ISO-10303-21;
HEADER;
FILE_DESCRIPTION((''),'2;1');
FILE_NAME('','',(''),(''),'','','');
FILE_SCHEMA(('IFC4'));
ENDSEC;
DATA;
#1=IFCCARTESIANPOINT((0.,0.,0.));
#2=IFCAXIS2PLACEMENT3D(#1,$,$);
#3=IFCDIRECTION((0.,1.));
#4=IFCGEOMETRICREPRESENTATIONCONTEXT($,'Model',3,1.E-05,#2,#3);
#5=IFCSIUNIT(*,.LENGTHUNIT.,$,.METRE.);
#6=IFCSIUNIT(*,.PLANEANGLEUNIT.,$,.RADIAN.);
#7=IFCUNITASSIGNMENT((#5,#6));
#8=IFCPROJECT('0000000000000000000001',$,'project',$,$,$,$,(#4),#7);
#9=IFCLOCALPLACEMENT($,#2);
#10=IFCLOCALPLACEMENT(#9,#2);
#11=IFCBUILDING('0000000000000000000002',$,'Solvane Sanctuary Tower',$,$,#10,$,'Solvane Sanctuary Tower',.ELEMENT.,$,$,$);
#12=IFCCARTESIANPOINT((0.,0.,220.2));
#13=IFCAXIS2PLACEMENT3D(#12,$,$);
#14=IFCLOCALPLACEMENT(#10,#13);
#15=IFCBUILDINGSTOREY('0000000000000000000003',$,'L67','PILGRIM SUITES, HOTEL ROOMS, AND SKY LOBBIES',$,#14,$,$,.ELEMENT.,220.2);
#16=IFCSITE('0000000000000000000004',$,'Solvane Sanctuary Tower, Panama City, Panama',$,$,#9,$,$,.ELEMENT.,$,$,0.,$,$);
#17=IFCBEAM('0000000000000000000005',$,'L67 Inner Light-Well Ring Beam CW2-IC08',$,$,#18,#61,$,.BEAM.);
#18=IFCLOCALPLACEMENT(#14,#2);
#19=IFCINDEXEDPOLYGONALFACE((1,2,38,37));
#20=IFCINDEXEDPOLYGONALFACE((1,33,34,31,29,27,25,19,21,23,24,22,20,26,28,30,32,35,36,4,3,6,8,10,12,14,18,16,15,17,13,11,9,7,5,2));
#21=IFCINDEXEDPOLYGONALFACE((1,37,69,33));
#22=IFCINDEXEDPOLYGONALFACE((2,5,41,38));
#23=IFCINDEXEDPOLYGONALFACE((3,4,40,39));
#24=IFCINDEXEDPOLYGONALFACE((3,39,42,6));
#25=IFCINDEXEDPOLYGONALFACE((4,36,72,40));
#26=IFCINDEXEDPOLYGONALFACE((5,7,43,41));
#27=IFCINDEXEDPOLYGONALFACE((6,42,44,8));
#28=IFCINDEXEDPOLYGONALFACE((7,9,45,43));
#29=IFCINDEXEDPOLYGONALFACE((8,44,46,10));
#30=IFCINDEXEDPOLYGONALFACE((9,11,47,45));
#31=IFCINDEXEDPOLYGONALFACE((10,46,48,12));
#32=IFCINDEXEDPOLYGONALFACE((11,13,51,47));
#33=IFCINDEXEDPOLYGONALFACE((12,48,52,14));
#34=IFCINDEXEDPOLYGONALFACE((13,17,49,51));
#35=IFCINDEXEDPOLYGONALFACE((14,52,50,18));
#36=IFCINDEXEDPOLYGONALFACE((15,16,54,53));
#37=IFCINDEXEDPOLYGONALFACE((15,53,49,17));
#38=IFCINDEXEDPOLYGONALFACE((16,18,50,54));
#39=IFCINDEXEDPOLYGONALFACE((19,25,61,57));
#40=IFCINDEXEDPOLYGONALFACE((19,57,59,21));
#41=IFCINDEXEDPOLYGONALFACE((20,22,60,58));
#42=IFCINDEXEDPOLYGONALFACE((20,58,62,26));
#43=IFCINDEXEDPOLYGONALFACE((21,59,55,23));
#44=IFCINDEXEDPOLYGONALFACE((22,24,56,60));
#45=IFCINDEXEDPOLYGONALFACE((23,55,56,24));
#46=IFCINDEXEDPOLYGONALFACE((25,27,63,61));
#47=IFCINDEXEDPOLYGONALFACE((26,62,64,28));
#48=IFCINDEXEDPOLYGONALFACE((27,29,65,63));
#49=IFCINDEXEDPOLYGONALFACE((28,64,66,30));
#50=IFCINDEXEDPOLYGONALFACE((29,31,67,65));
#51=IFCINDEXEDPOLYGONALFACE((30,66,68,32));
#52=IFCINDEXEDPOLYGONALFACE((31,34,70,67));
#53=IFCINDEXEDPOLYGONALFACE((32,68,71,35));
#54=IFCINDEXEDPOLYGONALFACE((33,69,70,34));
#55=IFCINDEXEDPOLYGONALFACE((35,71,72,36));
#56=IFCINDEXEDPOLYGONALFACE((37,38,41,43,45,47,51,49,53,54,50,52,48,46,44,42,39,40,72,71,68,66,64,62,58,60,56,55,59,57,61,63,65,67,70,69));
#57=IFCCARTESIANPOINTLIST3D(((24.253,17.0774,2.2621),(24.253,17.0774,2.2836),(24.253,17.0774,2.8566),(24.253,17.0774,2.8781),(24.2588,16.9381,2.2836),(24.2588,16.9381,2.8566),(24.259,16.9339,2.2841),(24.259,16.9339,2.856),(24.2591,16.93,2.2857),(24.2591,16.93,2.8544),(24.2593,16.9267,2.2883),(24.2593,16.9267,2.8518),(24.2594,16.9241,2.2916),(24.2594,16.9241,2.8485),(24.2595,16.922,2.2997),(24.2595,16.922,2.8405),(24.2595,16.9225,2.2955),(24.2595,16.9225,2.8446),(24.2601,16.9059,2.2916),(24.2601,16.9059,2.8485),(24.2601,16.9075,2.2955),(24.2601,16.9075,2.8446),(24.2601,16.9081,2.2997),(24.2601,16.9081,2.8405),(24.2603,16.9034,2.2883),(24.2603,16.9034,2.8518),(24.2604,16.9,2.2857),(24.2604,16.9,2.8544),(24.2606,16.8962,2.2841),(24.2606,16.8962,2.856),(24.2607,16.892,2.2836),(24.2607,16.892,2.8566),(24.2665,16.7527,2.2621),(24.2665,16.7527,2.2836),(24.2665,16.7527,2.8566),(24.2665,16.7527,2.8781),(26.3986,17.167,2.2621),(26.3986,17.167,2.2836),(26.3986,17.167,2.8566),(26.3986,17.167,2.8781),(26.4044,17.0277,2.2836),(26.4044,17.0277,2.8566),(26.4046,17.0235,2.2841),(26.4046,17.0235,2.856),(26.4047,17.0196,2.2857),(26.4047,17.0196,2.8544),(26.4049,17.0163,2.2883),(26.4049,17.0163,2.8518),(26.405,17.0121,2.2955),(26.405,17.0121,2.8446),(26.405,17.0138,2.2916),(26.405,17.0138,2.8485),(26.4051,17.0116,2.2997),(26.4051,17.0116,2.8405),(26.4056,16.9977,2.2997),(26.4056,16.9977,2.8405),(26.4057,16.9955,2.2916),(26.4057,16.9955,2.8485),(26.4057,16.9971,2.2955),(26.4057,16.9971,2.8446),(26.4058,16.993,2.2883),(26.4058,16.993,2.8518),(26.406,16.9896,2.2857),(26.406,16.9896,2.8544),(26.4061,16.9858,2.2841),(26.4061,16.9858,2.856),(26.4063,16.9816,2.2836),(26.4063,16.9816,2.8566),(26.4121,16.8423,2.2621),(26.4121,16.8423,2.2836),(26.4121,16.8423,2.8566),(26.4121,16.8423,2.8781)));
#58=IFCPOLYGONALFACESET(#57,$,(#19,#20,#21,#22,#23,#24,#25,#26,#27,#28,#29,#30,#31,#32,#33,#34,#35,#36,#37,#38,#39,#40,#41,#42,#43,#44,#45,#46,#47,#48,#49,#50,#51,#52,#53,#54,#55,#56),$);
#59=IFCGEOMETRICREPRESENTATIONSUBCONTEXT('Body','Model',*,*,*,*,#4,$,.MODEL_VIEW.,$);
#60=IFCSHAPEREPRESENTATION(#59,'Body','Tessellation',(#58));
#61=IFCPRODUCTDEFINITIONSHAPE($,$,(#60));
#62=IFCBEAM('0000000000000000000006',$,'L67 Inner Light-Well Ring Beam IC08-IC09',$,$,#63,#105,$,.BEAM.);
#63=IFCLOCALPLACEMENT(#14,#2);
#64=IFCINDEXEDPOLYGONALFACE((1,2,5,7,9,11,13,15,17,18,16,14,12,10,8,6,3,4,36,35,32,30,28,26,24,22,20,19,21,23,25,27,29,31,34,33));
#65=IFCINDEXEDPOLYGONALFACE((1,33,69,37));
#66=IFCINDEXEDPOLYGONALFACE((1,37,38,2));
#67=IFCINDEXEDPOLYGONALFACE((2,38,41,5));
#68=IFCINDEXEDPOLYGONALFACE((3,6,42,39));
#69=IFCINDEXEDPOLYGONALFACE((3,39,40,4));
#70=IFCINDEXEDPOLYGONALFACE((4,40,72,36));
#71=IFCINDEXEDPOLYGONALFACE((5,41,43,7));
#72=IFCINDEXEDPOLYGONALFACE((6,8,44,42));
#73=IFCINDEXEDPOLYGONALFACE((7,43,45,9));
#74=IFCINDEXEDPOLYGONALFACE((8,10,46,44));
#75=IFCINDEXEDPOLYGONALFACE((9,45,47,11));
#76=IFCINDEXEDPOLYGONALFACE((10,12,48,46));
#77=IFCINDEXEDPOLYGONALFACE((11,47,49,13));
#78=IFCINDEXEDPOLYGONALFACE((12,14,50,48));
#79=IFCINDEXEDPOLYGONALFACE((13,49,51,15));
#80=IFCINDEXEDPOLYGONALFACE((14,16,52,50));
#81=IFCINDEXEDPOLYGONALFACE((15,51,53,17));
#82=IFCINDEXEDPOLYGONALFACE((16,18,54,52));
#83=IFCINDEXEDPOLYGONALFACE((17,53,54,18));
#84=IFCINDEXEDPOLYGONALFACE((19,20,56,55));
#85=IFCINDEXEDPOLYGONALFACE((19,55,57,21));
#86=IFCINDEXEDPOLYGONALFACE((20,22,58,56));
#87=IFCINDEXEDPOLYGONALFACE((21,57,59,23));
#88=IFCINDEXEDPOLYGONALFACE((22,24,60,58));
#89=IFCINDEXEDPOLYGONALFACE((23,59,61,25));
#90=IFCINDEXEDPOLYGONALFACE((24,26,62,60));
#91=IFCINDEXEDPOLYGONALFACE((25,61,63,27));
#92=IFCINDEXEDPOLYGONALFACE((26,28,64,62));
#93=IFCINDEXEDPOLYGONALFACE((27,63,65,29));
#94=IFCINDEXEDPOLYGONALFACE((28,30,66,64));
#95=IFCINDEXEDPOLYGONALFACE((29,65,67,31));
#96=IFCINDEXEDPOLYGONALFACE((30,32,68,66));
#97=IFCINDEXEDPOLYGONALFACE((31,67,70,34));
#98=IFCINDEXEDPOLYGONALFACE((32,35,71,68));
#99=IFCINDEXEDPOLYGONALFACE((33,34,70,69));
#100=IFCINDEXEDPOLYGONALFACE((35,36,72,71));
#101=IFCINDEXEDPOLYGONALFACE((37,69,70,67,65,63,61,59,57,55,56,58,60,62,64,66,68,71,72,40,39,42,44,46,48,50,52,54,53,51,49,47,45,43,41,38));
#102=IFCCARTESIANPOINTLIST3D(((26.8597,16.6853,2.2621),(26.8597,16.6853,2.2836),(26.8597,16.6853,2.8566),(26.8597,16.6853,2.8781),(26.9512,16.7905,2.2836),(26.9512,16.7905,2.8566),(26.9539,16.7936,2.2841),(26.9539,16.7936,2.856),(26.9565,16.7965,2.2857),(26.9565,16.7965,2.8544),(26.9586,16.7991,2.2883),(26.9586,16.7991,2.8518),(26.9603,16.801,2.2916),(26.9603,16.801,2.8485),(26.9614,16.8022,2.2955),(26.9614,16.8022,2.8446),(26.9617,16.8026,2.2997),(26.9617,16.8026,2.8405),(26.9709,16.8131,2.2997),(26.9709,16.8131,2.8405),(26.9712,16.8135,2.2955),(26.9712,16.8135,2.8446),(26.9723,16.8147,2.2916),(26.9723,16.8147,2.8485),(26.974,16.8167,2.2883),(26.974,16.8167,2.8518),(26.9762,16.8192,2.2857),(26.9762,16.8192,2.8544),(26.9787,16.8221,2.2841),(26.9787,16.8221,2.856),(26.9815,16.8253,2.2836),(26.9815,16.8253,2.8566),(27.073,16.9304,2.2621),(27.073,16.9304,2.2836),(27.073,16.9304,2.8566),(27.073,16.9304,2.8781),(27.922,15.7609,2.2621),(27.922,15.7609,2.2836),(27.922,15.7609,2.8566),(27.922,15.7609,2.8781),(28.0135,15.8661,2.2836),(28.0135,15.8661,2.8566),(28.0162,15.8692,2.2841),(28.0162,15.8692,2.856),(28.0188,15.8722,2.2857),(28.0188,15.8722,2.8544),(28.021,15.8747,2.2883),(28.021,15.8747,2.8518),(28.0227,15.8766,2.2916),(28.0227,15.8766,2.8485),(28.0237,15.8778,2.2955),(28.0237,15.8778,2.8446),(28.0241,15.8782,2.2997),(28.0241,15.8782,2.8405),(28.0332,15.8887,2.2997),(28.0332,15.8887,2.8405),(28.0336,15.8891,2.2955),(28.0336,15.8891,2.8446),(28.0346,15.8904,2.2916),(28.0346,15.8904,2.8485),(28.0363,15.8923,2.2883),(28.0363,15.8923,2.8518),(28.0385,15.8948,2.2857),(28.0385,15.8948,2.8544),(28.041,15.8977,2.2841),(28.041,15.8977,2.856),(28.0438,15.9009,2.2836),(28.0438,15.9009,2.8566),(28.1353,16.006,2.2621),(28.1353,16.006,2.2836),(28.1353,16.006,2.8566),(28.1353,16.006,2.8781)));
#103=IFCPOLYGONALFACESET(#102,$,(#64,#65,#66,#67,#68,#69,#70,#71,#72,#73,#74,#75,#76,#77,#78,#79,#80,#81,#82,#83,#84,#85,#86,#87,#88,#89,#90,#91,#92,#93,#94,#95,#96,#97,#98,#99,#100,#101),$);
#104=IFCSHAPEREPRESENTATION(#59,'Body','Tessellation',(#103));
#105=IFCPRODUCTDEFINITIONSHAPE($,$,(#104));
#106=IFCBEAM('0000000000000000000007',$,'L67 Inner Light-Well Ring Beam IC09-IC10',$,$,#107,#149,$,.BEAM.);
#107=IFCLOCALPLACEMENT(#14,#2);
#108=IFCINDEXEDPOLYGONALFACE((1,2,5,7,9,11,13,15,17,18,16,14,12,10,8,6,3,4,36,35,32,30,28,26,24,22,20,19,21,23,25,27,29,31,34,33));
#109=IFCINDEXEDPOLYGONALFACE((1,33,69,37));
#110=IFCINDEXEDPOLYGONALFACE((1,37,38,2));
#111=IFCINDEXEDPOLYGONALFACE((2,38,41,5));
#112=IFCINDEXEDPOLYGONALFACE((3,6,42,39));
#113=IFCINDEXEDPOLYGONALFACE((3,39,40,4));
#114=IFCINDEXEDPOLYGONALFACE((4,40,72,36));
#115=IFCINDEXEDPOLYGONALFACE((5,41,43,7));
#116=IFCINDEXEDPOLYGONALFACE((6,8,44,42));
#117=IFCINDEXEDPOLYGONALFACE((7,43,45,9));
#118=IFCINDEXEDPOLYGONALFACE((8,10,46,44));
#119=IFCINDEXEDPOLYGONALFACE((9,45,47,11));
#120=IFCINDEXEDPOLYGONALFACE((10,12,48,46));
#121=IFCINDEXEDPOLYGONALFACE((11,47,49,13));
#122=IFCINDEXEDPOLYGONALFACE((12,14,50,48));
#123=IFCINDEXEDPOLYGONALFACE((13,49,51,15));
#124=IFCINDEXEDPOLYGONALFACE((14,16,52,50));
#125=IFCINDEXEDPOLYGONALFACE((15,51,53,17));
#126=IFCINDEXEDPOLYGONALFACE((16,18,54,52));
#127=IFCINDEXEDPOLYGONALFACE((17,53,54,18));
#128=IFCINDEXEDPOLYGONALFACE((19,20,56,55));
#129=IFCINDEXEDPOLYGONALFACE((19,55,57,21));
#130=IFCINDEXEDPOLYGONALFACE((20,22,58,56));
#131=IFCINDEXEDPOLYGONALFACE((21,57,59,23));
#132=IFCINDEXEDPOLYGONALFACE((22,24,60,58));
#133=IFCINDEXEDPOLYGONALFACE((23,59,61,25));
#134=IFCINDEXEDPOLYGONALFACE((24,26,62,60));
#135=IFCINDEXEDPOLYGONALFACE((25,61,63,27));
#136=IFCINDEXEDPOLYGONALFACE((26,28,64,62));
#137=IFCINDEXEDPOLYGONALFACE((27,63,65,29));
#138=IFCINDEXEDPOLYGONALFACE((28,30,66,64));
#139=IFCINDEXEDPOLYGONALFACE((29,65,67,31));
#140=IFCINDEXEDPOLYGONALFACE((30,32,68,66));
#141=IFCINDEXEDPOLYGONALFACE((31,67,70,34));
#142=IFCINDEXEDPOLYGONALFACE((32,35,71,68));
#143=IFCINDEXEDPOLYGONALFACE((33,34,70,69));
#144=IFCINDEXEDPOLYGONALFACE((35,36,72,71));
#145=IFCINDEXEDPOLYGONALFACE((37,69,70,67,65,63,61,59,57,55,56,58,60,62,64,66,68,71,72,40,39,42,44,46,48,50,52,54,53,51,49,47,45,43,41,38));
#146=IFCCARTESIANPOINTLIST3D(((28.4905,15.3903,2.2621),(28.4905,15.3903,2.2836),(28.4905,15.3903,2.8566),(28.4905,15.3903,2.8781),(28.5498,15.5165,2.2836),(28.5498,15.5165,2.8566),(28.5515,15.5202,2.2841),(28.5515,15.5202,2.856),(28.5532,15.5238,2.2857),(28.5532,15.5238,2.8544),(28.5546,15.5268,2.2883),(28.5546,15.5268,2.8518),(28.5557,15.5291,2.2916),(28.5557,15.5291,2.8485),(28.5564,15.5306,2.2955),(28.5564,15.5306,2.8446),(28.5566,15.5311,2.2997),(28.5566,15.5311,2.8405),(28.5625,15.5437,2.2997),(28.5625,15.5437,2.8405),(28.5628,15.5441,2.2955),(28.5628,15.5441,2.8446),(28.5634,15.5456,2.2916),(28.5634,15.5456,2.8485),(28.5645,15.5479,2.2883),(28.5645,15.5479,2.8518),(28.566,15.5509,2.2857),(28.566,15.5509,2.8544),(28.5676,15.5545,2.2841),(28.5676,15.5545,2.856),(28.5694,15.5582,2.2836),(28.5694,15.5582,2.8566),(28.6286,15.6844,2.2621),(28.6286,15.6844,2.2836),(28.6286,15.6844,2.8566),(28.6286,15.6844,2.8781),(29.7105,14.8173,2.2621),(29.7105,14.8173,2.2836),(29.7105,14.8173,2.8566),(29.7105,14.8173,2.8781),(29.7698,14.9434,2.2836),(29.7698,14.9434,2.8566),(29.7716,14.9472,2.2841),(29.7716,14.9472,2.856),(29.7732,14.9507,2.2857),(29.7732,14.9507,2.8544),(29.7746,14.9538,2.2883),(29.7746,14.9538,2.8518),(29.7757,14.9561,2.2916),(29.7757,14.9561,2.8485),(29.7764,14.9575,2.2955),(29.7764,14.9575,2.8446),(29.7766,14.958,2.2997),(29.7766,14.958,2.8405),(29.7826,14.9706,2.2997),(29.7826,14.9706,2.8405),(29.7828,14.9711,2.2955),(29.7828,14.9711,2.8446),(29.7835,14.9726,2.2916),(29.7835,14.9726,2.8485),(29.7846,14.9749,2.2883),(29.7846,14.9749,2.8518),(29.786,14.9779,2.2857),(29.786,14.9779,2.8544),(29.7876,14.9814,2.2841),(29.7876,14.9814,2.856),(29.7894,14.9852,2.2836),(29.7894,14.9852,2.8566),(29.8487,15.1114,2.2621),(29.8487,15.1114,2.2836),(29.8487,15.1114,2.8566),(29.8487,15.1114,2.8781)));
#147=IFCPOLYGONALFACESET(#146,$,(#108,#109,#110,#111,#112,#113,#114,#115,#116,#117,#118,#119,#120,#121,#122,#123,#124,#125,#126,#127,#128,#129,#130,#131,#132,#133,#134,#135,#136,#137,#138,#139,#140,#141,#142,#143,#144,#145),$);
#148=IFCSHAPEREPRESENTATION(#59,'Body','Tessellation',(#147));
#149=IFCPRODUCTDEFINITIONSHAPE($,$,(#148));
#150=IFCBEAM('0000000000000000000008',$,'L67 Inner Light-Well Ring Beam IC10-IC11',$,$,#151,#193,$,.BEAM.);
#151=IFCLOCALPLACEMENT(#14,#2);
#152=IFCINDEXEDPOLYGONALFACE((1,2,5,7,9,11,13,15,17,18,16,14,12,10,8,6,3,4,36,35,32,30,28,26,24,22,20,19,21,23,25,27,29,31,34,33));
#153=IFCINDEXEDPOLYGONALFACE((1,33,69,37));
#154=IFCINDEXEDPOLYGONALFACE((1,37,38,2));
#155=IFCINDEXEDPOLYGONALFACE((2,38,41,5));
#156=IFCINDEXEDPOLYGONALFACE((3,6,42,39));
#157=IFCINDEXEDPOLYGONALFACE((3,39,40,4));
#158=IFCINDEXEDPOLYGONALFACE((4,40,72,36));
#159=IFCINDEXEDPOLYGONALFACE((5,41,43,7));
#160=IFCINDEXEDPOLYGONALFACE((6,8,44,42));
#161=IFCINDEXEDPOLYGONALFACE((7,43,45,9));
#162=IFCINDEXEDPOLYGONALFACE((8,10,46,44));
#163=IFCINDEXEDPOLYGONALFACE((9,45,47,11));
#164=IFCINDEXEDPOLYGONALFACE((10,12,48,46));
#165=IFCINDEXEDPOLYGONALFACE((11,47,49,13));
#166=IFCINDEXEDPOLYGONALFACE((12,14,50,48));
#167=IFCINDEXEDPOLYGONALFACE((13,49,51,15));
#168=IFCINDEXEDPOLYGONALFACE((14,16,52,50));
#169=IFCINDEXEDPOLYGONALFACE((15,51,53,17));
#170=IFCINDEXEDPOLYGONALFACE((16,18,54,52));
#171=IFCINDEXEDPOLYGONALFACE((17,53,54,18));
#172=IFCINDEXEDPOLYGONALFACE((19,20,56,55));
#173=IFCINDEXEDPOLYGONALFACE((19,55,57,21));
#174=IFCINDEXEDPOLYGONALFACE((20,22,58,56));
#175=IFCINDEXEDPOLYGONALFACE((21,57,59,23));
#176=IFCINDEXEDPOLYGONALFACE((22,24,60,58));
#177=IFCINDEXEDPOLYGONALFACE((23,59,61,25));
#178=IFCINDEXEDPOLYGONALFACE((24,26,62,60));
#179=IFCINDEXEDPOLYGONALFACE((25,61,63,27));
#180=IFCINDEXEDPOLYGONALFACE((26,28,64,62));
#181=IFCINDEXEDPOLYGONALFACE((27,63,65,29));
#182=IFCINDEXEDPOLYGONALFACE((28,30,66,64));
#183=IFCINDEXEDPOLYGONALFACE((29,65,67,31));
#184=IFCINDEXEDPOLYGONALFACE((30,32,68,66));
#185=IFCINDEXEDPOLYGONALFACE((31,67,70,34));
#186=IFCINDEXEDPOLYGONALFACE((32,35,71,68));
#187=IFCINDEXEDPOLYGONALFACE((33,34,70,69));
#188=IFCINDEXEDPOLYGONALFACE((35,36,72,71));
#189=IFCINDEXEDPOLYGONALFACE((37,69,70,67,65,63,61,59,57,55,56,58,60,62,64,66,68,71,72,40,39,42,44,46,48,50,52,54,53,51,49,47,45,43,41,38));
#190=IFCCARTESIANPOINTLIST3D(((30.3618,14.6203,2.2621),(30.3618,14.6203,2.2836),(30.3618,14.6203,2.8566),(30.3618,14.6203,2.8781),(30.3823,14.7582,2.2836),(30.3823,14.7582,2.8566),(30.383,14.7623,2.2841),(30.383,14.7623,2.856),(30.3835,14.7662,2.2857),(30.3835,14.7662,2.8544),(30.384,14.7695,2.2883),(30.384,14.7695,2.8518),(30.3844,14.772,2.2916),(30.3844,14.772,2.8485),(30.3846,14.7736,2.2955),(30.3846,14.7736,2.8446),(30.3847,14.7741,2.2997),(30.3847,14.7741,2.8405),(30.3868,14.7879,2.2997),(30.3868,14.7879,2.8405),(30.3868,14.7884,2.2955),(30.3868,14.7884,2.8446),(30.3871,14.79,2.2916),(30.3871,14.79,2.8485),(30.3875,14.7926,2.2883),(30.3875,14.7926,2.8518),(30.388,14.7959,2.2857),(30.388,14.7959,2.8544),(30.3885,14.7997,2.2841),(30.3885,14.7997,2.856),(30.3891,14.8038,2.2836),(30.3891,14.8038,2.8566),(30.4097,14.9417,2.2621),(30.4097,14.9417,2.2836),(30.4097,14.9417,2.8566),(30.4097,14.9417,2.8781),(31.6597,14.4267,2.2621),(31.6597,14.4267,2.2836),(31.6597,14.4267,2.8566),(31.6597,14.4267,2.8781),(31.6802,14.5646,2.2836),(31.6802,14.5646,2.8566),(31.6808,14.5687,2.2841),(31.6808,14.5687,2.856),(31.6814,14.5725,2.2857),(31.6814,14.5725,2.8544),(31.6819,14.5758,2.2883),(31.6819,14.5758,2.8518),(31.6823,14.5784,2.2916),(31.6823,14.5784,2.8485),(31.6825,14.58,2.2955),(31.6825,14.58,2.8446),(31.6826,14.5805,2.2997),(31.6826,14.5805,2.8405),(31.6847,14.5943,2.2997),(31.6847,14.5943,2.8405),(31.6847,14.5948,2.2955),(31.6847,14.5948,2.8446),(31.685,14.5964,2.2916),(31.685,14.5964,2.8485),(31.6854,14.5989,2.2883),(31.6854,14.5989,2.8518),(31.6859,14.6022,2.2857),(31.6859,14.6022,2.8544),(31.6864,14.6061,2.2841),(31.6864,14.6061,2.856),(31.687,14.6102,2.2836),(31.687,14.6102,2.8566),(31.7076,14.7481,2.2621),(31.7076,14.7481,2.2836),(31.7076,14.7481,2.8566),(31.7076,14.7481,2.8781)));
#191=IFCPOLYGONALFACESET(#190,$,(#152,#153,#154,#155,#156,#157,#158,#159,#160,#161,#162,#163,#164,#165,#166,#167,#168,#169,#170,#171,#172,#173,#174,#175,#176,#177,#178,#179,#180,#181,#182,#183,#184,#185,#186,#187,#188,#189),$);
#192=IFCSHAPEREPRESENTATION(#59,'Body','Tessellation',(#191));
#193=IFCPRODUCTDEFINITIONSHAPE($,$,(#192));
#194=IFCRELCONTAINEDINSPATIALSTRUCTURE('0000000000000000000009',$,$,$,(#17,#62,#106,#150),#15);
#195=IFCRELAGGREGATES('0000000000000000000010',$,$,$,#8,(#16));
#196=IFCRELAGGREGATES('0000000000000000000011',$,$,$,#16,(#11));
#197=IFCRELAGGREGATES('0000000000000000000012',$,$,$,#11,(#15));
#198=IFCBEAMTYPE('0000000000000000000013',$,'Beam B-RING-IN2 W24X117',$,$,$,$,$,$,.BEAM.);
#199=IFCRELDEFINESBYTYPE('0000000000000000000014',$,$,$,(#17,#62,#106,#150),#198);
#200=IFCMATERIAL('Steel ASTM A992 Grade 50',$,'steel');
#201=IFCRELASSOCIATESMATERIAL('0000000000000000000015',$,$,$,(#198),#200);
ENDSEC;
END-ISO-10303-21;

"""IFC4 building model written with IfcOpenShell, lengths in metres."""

from ifc_helpers import new_model, si_unit, direction, frame, origin, origin_2d, place, context, subcontext, project, spatial, i_section, extrude, material, material_profile, profile_set, type_object, element, save


model = new_model("IFC4")

# Units and contexts
model_context = context("Model", 3, precision=1e-05, world=origin(), true_north=direction((0.0, 1.0)))
body_context = subcontext(model_context, "Body", "Model", "MODEL_VIEW")
ifc_project = project(units=[si_unit("LENGTHUNIT", "METRE"), si_unit("PLANEANGLEUNIT", "RADIAN")], contexts=[model_context])

# Site, building, storey
site_placement = place(None, origin())
site = spatial("IfcSite", under=ifc_project, at=site_placement, Name="Solvane Sanctuary Tower, Panama City, Panama", CompositionType="ELEMENT", RefElevation=0.0)
building_placement = place(site_placement, origin())
building = spatial("IfcBuilding", under=site, at=building_placement, Name="Solvane Sanctuary Tower", LongName="Solvane Sanctuary Tower", CompositionType="ELEMENT")
storey_placement = place(building_placement, frame((0.0, 0.0, 220.2)))
storey = spatial("IfcBuildingStorey", under=building, at=storey_placement, Name="L67", Description="PILGRIM SUITES, HOTEL ROOMS, AND SKY LOBBIES", CompositionType="ELEMENT", Elevation=220.2)

# Beams
ifc_material_1 = material(Name="Steel ASTM A992 Grade 50", Category="steel")
ifc_material_profile_1 = material_profile(ifc_material_1, i_section(OverallWidth=0.325, OverallDepth=0.616, WebThickness=0.0139, FlangeThickness=0.0215, FilletRadius=0.0161, at=origin_2d()), Name="W24X117")
ifc_profile_set_1 = profile_set([ifc_material_profile_1], Name="Steel ASTM A992 Grade 50")
beam_type_1 = type_object("IfcBeamType", Name="Beam B-RING-IN2 W24X117", PredefinedType="BEAM", material=ifc_profile_set_1)
beam_1_placement = place(storey_placement, frame((24.2598, 16.915, 2.5701), z_axis=(0.999129, 0.041725, 0.0), x_axis=(-0.041725, 0.999129, 0.0)))
element("IfcBeam", 1, at=beam_1_placement, inside=storey, type_object=beam_type_1, Name="L67 Inner Light-Well Ring Beam CW2-IC08", PredefinedType="BEAM", context=body_context, shape_type="SweptSolid", body=[
    extrude(i_section(OverallWidth=0.325, OverallDepth=0.616, WebThickness=0.0139, FlangeThickness=0.0215, FilletRadius=0.0161, at=origin_2d()), origin(), (0.0, 0.0, 1.0), 2.1475),
])
beam_2_placement = place(storey_placement, frame((26.9663, 16.8079, 2.5701), z_axis=(0.754389, -0.656428, 0.0), x_axis=(0.656428, 0.754389, 0.0)))
element("IfcBeam", 2, at=beam_2_placement, inside=storey, type_object=beam_type_1, Name="L67 Inner Light-Well Ring Beam IC08-IC09", PredefinedType="BEAM", context=body_context, shape_type="SweptSolid", body=[
    extrude(i_section(OverallWidth=0.325, OverallDepth=0.616, WebThickness=0.0139, FlangeThickness=0.0215, FilletRadius=0.0161, at=origin_2d()), origin(), (0.0, 0.0, 1.0), 1.4082),
])
beam_3_placement = place(storey_placement, frame((28.5596, 15.5374, 2.5701), z_axis=(0.905135, -0.425125, 0.0), x_axis=(0.425125, 0.905135, 0.0)))
element("IfcBeam", 3, at=beam_3_placement, inside=storey, type_object=beam_type_1, Name="L67 Inner Light-Well Ring Beam IC09-IC10", PredefinedType="BEAM", context=body_context, shape_type="SweptSolid", body=[
    extrude(i_section(OverallWidth=0.325, OverallDepth=0.616, WebThickness=0.0139, FlangeThickness=0.0215, FilletRadius=0.0161, at=origin_2d()), origin(), (0.0, 0.0, 1.0), 1.3479),
])
beam_4_placement = place(storey_placement, frame((30.3857, 14.781, 2.5701), z_axis=(0.989056, -0.14754, 0.0), x_axis=(0.14754, 0.989056, 0.0)))
element("IfcBeam", 4, at=beam_4_placement, inside=storey, type_object=beam_type_1, Name="L67 Inner Light-Well Ring Beam IC10-IC11", PredefinedType="BEAM", context=body_context, shape_type="SweptSolid", body=[
    extrude(i_section(OverallWidth=0.325, OverallDepth=0.616, WebThickness=0.0139, FlangeThickness=0.0215, FilletRadius=0.0161, at=origin_2d()), origin(), (0.0, 0.0, 1.0), 1.3123),
])

save(model, "model.ifc")
